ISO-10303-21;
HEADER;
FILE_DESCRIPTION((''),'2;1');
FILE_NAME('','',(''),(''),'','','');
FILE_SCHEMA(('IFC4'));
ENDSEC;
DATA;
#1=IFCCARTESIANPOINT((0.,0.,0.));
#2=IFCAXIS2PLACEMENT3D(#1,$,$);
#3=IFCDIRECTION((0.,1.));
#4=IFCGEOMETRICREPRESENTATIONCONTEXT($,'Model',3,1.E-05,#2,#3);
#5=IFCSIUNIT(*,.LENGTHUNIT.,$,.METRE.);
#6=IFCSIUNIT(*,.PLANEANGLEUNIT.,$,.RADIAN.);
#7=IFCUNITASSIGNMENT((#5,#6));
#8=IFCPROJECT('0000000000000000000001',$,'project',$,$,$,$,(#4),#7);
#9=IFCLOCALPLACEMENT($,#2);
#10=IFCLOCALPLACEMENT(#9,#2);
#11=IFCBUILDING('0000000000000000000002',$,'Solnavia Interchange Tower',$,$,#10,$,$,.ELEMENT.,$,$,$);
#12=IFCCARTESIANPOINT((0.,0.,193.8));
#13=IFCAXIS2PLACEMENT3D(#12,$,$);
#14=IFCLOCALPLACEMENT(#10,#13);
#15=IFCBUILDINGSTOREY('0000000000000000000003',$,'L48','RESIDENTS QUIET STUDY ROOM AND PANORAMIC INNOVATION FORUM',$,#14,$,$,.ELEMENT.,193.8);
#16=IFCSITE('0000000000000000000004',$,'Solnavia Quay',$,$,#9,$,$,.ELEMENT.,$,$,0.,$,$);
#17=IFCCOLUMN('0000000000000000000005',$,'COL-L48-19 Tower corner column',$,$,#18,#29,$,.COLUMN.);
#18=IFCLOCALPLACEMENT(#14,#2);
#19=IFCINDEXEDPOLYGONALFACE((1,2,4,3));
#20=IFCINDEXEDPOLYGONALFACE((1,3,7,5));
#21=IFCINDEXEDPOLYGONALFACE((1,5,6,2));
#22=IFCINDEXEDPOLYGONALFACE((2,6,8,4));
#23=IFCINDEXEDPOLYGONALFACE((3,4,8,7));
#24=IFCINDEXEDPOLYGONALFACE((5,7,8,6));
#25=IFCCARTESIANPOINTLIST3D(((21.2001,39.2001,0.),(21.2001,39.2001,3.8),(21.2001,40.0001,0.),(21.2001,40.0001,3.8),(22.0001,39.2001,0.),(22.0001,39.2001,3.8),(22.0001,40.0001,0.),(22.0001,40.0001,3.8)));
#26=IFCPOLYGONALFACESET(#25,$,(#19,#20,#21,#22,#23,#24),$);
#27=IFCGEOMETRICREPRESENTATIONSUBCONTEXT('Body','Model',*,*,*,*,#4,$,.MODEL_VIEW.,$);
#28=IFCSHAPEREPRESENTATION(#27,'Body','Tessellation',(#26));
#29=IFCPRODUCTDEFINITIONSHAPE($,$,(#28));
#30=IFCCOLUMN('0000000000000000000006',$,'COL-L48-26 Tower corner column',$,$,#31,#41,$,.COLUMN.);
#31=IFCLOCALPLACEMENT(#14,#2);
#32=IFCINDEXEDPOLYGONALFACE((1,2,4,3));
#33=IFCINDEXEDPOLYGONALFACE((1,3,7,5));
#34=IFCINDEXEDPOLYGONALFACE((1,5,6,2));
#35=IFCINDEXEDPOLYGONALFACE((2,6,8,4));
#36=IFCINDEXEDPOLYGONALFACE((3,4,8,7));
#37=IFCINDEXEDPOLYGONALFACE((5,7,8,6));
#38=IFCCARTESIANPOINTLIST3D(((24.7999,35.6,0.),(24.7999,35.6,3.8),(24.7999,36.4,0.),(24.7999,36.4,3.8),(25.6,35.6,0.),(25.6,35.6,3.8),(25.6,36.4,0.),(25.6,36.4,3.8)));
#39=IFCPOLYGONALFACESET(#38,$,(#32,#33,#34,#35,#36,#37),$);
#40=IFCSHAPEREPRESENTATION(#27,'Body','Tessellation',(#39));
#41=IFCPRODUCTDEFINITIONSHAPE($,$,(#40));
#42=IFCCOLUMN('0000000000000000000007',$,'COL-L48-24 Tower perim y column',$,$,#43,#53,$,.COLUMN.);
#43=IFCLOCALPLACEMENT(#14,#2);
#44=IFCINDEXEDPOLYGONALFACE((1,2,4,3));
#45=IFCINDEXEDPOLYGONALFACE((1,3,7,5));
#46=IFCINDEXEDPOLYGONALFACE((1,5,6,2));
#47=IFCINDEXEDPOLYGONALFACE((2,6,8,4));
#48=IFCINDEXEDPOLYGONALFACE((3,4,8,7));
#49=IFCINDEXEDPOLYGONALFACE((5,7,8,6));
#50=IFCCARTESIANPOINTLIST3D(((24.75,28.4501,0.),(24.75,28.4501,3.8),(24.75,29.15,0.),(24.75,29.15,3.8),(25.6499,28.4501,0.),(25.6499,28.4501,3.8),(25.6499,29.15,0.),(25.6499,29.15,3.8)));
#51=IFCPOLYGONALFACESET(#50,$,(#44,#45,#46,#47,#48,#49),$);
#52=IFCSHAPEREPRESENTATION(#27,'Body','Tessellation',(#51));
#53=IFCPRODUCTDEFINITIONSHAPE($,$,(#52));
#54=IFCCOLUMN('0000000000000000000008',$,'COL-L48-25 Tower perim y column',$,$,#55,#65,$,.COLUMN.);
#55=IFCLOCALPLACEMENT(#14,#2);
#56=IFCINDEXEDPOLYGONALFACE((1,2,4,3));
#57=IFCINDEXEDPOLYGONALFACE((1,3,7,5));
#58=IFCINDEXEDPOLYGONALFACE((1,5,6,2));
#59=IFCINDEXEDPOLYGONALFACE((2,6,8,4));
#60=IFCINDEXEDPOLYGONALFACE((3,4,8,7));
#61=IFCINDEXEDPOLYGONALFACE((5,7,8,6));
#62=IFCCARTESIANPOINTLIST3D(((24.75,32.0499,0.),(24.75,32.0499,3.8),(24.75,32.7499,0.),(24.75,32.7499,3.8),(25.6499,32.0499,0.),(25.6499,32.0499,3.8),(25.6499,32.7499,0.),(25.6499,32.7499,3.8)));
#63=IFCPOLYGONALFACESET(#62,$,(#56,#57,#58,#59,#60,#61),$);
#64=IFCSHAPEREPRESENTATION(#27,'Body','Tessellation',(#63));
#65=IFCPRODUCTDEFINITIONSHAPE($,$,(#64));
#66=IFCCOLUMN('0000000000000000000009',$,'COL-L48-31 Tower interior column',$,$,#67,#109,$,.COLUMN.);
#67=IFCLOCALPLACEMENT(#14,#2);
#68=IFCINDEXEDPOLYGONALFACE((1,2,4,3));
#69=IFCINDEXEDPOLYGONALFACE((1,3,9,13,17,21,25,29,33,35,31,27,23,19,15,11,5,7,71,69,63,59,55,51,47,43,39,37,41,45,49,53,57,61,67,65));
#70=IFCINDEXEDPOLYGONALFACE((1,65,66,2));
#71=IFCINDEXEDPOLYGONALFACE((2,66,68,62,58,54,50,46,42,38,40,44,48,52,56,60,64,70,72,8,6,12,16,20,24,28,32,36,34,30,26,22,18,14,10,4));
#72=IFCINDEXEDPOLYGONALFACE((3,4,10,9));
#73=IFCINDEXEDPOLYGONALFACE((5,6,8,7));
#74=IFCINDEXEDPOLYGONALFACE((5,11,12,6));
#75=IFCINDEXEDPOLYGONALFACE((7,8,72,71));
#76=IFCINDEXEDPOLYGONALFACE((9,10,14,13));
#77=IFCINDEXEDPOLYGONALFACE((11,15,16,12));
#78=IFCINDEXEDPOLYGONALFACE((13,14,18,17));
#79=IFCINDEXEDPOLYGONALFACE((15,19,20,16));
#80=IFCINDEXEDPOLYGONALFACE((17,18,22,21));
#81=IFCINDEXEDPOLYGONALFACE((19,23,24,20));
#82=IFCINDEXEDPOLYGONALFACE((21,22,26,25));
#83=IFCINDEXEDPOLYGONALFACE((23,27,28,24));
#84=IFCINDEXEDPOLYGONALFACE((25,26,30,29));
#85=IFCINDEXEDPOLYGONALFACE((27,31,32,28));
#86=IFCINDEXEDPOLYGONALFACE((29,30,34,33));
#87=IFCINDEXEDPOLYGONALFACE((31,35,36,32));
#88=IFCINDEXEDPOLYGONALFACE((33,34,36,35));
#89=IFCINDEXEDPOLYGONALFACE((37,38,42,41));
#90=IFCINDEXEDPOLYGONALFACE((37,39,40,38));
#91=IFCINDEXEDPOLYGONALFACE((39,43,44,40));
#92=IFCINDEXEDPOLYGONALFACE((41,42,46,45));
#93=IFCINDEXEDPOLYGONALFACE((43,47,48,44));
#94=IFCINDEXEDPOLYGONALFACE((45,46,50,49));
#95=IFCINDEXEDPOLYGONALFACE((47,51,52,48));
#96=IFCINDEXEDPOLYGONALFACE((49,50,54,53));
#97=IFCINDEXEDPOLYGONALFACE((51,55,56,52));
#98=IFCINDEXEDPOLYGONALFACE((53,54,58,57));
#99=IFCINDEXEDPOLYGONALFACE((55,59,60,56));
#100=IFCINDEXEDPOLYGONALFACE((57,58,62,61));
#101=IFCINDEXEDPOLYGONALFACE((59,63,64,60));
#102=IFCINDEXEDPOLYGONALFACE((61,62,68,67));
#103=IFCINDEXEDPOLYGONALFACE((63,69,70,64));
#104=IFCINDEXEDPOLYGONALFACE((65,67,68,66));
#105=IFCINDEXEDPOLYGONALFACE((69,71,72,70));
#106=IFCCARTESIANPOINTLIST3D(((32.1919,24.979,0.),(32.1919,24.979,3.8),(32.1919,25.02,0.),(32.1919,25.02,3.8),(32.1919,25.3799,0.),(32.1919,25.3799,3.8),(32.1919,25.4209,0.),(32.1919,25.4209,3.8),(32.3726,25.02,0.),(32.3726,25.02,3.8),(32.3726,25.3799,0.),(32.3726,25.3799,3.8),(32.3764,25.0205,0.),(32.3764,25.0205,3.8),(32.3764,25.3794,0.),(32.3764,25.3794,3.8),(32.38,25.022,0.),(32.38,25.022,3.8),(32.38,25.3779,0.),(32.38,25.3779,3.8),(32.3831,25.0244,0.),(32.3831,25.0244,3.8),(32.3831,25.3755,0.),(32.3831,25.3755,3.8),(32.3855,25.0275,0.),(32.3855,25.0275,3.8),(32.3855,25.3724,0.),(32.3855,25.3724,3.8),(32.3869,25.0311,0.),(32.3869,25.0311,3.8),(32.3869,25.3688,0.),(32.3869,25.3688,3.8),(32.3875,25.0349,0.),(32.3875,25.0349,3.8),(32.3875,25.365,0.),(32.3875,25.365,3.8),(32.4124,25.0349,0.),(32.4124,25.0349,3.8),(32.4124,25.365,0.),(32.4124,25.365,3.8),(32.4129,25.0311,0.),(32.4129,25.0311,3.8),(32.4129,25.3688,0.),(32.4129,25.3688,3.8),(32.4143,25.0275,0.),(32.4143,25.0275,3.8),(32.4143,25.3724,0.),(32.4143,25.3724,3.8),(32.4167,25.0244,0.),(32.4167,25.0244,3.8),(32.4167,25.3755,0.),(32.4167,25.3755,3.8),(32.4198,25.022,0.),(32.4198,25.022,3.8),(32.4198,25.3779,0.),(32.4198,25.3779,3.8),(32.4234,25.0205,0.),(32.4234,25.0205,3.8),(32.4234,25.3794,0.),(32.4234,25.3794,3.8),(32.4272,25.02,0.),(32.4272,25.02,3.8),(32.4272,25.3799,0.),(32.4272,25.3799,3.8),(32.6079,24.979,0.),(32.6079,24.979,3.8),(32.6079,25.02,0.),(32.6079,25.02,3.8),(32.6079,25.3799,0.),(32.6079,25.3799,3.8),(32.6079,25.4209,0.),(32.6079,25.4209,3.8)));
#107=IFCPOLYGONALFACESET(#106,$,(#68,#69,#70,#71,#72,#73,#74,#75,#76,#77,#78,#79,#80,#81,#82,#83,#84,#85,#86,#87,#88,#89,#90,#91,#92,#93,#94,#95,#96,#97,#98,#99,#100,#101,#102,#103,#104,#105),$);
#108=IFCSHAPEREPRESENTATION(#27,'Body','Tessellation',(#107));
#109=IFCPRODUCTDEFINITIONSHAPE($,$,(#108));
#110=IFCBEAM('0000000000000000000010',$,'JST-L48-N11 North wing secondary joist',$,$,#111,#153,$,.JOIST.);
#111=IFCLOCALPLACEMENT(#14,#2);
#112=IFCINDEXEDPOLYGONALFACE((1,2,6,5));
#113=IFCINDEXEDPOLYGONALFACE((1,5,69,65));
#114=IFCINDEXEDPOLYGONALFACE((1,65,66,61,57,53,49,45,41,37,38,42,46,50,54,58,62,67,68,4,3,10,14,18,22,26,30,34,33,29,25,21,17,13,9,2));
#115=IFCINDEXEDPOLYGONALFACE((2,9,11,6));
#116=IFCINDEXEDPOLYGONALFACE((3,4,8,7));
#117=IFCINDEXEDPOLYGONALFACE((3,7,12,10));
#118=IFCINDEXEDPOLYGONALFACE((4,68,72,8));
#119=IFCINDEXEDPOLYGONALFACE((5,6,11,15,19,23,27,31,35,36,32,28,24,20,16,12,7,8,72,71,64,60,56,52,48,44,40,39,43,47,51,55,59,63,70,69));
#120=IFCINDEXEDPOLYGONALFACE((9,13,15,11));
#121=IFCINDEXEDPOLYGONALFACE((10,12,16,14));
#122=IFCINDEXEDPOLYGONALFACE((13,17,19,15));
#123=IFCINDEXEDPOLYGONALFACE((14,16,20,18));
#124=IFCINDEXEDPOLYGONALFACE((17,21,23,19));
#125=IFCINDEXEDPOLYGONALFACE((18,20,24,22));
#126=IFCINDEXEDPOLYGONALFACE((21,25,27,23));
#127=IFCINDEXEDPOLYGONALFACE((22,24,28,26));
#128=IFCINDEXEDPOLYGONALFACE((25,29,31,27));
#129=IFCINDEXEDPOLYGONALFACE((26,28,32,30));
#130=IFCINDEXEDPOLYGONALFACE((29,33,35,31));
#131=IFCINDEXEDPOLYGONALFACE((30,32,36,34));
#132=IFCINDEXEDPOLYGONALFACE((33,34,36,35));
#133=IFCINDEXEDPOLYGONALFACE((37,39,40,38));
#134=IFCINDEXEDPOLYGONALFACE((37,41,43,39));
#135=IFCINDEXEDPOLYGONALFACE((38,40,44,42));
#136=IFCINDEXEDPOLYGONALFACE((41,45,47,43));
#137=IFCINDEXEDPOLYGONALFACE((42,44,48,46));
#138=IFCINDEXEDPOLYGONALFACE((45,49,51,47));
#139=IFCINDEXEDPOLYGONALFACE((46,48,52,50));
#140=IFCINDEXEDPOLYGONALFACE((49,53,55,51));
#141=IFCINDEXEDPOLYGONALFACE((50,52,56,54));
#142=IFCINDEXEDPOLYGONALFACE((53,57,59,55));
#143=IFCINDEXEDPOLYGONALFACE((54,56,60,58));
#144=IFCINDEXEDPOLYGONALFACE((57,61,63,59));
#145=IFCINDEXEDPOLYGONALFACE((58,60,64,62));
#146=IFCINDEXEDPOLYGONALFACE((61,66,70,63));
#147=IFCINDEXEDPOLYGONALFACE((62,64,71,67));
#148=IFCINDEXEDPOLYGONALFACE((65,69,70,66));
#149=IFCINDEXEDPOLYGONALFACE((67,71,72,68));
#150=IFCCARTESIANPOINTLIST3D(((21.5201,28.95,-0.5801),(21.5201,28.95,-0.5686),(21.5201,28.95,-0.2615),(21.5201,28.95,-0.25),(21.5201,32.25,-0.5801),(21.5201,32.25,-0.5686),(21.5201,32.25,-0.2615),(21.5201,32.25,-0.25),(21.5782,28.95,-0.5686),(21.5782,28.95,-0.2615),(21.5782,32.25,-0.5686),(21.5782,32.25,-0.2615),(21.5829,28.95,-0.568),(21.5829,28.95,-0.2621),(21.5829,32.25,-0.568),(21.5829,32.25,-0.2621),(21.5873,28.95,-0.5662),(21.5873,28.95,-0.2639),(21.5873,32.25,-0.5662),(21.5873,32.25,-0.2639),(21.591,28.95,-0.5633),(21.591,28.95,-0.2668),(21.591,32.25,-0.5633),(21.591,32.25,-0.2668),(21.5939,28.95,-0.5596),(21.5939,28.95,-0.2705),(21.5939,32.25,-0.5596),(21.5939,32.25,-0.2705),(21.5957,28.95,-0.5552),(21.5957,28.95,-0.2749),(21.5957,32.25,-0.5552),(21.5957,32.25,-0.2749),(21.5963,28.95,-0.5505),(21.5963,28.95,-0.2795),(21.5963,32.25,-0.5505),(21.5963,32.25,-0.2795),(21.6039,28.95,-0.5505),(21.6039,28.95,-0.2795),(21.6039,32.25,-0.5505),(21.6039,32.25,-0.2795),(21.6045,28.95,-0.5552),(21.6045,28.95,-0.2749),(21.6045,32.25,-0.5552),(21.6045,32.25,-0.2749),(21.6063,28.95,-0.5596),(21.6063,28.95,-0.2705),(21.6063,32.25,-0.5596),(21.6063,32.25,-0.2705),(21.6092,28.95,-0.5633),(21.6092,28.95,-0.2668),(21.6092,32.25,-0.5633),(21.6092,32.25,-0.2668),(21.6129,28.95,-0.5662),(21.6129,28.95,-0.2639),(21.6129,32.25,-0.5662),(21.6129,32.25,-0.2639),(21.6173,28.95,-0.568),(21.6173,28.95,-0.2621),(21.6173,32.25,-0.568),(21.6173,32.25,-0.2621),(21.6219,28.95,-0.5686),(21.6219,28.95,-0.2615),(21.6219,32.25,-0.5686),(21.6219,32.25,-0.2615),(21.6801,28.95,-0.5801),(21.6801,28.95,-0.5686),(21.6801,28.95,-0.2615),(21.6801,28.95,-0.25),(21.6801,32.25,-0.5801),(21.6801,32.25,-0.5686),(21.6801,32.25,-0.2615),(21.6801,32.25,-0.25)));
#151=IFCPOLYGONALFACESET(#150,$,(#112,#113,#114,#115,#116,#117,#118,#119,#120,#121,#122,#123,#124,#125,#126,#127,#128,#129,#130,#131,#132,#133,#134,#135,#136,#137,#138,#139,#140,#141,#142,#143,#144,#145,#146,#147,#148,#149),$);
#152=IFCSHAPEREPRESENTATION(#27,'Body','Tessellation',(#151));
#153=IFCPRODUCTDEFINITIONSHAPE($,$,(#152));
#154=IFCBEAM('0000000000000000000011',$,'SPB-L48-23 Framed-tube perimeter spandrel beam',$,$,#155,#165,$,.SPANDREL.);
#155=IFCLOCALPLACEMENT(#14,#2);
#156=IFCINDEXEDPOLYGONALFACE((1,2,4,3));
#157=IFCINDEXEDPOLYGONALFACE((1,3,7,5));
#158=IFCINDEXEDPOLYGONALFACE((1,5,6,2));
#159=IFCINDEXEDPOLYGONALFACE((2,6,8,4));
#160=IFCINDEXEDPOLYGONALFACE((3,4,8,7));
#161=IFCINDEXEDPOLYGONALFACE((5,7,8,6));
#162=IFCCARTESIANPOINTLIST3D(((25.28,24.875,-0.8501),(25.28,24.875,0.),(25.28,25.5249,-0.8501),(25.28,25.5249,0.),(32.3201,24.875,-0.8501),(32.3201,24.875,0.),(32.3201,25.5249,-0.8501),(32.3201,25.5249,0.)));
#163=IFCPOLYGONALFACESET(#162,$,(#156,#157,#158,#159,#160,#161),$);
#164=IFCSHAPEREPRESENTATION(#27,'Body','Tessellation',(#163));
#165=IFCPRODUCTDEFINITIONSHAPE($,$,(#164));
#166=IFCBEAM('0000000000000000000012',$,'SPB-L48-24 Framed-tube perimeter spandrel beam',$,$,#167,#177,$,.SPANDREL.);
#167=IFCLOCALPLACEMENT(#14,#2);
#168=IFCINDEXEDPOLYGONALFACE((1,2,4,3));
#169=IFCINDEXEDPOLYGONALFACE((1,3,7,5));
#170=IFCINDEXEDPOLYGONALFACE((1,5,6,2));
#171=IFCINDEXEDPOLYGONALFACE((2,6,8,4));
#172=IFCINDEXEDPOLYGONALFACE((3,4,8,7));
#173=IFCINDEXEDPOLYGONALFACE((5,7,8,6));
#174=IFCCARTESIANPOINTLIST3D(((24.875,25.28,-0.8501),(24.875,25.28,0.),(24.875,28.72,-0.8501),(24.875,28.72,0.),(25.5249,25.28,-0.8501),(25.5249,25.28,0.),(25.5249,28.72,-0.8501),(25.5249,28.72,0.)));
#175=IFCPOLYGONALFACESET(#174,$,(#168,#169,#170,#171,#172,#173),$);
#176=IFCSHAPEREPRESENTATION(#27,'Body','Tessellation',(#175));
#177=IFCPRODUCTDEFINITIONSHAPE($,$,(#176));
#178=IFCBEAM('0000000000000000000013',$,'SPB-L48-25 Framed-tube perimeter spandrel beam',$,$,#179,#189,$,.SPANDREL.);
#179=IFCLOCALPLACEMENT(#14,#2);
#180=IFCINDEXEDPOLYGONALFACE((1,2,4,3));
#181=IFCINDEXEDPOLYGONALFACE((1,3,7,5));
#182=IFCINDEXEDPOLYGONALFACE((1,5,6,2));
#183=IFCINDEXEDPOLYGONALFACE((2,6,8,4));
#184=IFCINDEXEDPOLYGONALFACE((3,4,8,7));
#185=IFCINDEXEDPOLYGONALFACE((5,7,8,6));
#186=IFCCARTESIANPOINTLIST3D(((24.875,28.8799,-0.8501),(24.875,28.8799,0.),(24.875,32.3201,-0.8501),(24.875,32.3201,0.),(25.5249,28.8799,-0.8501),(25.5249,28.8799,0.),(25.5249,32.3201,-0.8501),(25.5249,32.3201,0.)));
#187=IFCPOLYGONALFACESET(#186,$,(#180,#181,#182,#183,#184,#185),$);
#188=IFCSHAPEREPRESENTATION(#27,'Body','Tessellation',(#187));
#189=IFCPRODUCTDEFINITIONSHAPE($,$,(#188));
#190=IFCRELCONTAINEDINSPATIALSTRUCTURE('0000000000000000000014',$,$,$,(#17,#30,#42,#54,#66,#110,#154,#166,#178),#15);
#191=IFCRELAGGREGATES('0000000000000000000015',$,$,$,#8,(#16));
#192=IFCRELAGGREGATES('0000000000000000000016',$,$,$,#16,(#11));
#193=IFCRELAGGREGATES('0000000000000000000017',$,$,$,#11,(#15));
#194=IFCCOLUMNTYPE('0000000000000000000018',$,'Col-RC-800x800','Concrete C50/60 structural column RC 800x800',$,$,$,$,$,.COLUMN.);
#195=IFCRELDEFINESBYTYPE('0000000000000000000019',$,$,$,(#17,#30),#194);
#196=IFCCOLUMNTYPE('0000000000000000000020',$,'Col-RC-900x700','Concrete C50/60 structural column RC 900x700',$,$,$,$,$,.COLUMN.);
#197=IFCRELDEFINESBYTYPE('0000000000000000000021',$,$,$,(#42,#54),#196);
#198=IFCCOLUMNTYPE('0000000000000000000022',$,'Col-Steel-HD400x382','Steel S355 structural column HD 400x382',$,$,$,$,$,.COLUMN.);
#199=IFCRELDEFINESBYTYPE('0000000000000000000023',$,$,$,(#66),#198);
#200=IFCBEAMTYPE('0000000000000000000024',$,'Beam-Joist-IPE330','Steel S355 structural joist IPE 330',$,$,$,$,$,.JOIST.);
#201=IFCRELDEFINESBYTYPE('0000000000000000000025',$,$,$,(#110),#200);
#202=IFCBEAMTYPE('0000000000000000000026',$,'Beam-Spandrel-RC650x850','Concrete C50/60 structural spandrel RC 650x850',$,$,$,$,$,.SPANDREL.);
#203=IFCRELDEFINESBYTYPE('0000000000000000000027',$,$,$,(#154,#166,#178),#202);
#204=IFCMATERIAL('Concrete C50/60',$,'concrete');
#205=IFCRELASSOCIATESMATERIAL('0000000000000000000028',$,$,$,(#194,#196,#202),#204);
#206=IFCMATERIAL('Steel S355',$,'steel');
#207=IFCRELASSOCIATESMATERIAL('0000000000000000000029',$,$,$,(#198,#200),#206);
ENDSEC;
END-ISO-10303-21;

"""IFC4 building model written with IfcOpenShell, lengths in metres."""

from ifc_helpers import new_model, si_unit, direction, frame, origin, origin_2d, place, context, subcontext, project, spatial, rectangle, i_section, extrude, material, material_profile, profile_set, type_object, element, save


model = new_model("IFC4")

# Units and contexts
model_context = context("Model", 3, precision=1e-05, world=origin(), true_north=direction((0.0, 1.0)))
body_context = subcontext(model_context, "Body", "Model", "MODEL_VIEW")
ifc_project = project(units=[si_unit("LENGTHUNIT", "METRE"), si_unit("PLANEANGLEUNIT", "RADIAN")], contexts=[model_context])

# Site, building, storey
site_placement = place(None, origin())
site = spatial("IfcSite", under=ifc_project, at=site_placement, Name="Solnavia Quay", CompositionType="ELEMENT", RefElevation=0.0)
building_placement = place(site_placement, origin())
building = spatial("IfcBuilding", under=site, at=building_placement, Name="Solnavia Interchange Tower", CompositionType="ELEMENT")
storey_placement = place(building_placement, frame((0.0, 0.0, 193.8)))
storey = spatial("IfcBuildingStorey", under=building, at=storey_placement, Name="L48", Description="RESIDENTS QUIET STUDY ROOM AND PANORAMIC INNOVATION FORUM", CompositionType="ELEMENT", Elevation=193.8)

# Columns
ifc_material_1 = material(Name="Concrete C50/60", Category="concrete")
ifc_material_profile_1 = material_profile(ifc_material_1, rectangle(XDim=0.8, YDim=0.8, at=origin_2d()), Name="RC 800x800")
ifc_profile_set_1 = profile_set([ifc_material_profile_1], Name="Concrete C50/60")
column_type_1 = type_object("IfcColumnType", Name="Col-RC-800x800", Description="Concrete C50/60 structural column RC 800x800", PredefinedType="COLUMN", material=ifc_profile_set_1)
for number, where, z_axis, x_axis, name in (
    (1, (21.6001, 39.6001, 0.0), (0.0, 0.0, 1.0), (1.0, 0.0, 0.0), "COL-L48-19 Tower corner column"),
    (2, (25.2, 36.0, 0.0), (0.0, 0.0, 1.0), (0.0, 1.0, 0.0), "COL-L48-26 Tower corner column"),
):
    element("IfcColumn", number, at=place(storey_placement, frame(where, z_axis=z_axis, x_axis=x_axis)), inside=storey, type_object=column_type_1, Name=name, PredefinedType="COLUMN", context=body_context, shape_type="SweptSolid", body=[
        extrude(rectangle(XDim=0.8, YDim=0.8, at=origin_2d()), origin(), (0.0, 0.0, 1.0), 3.8),
    ])
ifc_material_profile_2 = material_profile(ifc_material_1, rectangle(XDim=0.7, YDim=0.8999, at=origin_2d()), Name="RC 900x700")
ifc_profile_set_2 = profile_set([ifc_material_profile_2], Name="Concrete C50/60")
column_type_2 = type_object("IfcColumnType", Name="Col-RC-900x700", Description="Concrete C50/60 structural column RC 900x700", PredefinedType="COLUMN", material=ifc_profile_set_2)
for number, where, z_axis, x_axis, name in (
    (3, (25.2, 28.8, 0.0), (0.0, 0.0, 1.0), (0.0, 1.0, 0.0), "COL-L48-24 Tower perim y column"),
    (4, (25.2, 32.3999, 0.0), (0.0, 0.0, 1.0), (0.0, 1.0, 0.0), "COL-L48-25 Tower perim y column"),
):
    element("IfcColumn", number, at=place(storey_placement, frame(where, z_axis=z_axis, x_axis=x_axis)), inside=storey, type_object=column_type_2, Name=name, PredefinedType="COLUMN", context=body_context, shape_type="SweptSolid", body=[
        extrude(rectangle(XDim=0.7, YDim=0.8999, at=origin_2d()), origin(), (0.0, 0.0, 1.0), 3.8),
    ])
ifc_material_2 = material(Name="Steel S355", Category="steel")
ifc_material_profile_3 = material_profile(ifc_material_2, i_section(OverallWidth=0.416, OverallDepth=0.4419, WebThickness=0.0249, FlangeThickness=0.041, FilletRadius=0.0149, at=origin_2d()), Name="HD 400x382")
ifc_profile_set_3 = profile_set([ifc_material_profile_3], Name="Steel S355")
column_type_3 = type_object("IfcColumnType", Name="Col-Steel-HD400x382", Description="Steel S355 structural column HD 400x382", PredefinedType="COLUMN", material=ifc_profile_set_3)
column_placement = place(storey_placement, frame((32.3999, 25.2, 0.0), z_axis=(0.0, 0.0, 1.0), x_axis=(1.0, 0.0, 0.0)))
element("IfcColumn", 5, at=column_placement, inside=storey, type_object=column_type_3, Name="COL-L48-31 Tower interior column", PredefinedType="COLUMN", context=body_context, shape_type="SweptSolid", body=[
    extrude(i_section(OverallWidth=0.416, OverallDepth=0.4419, WebThickness=0.0249, FlangeThickness=0.041, FilletRadius=0.0149, at=origin_2d()), origin(), (0.0, 0.0, 1.0), 3.8),
])

# Beams
ifc_material_profile_4 = material_profile(ifc_material_2, i_section(OverallWidth=0.1599, OverallDepth=0.3301, WebThickness=0.0076, FlangeThickness=0.0115, FilletRadius=0.0181, at=origin_2d()), Name="IPE 330")
ifc_profile_set_4 = profile_set([ifc_material_profile_4], Name="Steel S355")
beam_type_1 = type_object("IfcBeamType", Name="Beam-Joist-IPE330", Description="Steel S355 structural joist IPE 330", PredefinedType="JOIST", material=ifc_profile_set_4)
beam_1_placement = place(storey_placement, frame((21.6001, 28.95, -0.415), z_axis=(0.0, 1.0, 0.0), x_axis=(-1.0, 0.0, 0.0)))
element("IfcBeam", 6, at=beam_1_placement, inside=storey, type_object=beam_type_1, Name="JST-L48-N11 North wing secondary joist", PredefinedType="JOIST", context=body_context, shape_type="SweptSolid", body=[
    extrude(i_section(OverallWidth=0.1599, OverallDepth=0.3301, WebThickness=0.0076, FlangeThickness=0.0115, FilletRadius=0.0181, at=origin_2d()), origin(), (0.0, 0.0, 1.0), 3.3),
])
ifc_material_profile_5 = material_profile(ifc_material_1, rectangle(XDim=0.6499, YDim=0.8501, at=origin_2d()), Name="RC 650x850")
ifc_profile_set_5 = profile_set([ifc_material_profile_5], Name="Concrete C50/60")
beam_type_2 = type_object("IfcBeamType", Name="Beam-Spandrel-RC650x850", Description="Concrete C50/60 structural spandrel RC 650x850", PredefinedType="SPANDREL", material=ifc_profile_set_5)
beam_2_placement = place(storey_placement, frame((32.3201, 25.2, -0.425), z_axis=(-1.0, 0.0, 0.0), x_axis=(0.0, -1.0, 0.0)))
element("IfcBeam", 7, at=beam_2_placement, inside=storey, type_object=beam_type_2, Name="SPB-L48-23 Framed-tube perimeter spandrel beam", PredefinedType="SPANDREL", context=body_context, shape_type="SweptSolid", body=[
    extrude(rectangle(XDim=0.6499, YDim=0.8501, at=origin_2d()), origin(), (0.0, 0.0, 1.0), 7.04),
])
beam_3_placement = place(storey_placement, frame((25.2, 25.28, -0.425), z_axis=(0.0, 1.0, 0.0), x_axis=(-1.0, 0.0, 0.0)))
element("IfcBeam", 8, at=beam_3_placement, inside=storey, type_object=beam_type_2, Name="SPB-L48-24 Framed-tube perimeter spandrel beam", PredefinedType="SPANDREL", context=body_context, shape_type="SweptSolid", body=[
    extrude(rectangle(XDim=0.6499, YDim=0.8501, at=origin_2d()), origin(), (0.0, 0.0, 1.0), 3.4399),
])
beam_4_placement = place(storey_placement, frame((25.2, 28.8799, -0.425), z_axis=(0.0, 1.0, 0.0), x_axis=(-1.0, 0.0, 0.0)))
element("IfcBeam", 9, at=beam_4_placement, inside=storey, type_object=beam_type_2, Name="SPB-L48-25 Framed-tube perimeter spandrel beam", PredefinedType="SPANDREL", context=body_context, shape_type="SweptSolid", body=[
    extrude(rectangle(XDim=0.6499, YDim=0.8501, at=origin_2d()), origin(), (0.0, 0.0, 1.0), 3.4402),
])

save(model, "model.ifc")
